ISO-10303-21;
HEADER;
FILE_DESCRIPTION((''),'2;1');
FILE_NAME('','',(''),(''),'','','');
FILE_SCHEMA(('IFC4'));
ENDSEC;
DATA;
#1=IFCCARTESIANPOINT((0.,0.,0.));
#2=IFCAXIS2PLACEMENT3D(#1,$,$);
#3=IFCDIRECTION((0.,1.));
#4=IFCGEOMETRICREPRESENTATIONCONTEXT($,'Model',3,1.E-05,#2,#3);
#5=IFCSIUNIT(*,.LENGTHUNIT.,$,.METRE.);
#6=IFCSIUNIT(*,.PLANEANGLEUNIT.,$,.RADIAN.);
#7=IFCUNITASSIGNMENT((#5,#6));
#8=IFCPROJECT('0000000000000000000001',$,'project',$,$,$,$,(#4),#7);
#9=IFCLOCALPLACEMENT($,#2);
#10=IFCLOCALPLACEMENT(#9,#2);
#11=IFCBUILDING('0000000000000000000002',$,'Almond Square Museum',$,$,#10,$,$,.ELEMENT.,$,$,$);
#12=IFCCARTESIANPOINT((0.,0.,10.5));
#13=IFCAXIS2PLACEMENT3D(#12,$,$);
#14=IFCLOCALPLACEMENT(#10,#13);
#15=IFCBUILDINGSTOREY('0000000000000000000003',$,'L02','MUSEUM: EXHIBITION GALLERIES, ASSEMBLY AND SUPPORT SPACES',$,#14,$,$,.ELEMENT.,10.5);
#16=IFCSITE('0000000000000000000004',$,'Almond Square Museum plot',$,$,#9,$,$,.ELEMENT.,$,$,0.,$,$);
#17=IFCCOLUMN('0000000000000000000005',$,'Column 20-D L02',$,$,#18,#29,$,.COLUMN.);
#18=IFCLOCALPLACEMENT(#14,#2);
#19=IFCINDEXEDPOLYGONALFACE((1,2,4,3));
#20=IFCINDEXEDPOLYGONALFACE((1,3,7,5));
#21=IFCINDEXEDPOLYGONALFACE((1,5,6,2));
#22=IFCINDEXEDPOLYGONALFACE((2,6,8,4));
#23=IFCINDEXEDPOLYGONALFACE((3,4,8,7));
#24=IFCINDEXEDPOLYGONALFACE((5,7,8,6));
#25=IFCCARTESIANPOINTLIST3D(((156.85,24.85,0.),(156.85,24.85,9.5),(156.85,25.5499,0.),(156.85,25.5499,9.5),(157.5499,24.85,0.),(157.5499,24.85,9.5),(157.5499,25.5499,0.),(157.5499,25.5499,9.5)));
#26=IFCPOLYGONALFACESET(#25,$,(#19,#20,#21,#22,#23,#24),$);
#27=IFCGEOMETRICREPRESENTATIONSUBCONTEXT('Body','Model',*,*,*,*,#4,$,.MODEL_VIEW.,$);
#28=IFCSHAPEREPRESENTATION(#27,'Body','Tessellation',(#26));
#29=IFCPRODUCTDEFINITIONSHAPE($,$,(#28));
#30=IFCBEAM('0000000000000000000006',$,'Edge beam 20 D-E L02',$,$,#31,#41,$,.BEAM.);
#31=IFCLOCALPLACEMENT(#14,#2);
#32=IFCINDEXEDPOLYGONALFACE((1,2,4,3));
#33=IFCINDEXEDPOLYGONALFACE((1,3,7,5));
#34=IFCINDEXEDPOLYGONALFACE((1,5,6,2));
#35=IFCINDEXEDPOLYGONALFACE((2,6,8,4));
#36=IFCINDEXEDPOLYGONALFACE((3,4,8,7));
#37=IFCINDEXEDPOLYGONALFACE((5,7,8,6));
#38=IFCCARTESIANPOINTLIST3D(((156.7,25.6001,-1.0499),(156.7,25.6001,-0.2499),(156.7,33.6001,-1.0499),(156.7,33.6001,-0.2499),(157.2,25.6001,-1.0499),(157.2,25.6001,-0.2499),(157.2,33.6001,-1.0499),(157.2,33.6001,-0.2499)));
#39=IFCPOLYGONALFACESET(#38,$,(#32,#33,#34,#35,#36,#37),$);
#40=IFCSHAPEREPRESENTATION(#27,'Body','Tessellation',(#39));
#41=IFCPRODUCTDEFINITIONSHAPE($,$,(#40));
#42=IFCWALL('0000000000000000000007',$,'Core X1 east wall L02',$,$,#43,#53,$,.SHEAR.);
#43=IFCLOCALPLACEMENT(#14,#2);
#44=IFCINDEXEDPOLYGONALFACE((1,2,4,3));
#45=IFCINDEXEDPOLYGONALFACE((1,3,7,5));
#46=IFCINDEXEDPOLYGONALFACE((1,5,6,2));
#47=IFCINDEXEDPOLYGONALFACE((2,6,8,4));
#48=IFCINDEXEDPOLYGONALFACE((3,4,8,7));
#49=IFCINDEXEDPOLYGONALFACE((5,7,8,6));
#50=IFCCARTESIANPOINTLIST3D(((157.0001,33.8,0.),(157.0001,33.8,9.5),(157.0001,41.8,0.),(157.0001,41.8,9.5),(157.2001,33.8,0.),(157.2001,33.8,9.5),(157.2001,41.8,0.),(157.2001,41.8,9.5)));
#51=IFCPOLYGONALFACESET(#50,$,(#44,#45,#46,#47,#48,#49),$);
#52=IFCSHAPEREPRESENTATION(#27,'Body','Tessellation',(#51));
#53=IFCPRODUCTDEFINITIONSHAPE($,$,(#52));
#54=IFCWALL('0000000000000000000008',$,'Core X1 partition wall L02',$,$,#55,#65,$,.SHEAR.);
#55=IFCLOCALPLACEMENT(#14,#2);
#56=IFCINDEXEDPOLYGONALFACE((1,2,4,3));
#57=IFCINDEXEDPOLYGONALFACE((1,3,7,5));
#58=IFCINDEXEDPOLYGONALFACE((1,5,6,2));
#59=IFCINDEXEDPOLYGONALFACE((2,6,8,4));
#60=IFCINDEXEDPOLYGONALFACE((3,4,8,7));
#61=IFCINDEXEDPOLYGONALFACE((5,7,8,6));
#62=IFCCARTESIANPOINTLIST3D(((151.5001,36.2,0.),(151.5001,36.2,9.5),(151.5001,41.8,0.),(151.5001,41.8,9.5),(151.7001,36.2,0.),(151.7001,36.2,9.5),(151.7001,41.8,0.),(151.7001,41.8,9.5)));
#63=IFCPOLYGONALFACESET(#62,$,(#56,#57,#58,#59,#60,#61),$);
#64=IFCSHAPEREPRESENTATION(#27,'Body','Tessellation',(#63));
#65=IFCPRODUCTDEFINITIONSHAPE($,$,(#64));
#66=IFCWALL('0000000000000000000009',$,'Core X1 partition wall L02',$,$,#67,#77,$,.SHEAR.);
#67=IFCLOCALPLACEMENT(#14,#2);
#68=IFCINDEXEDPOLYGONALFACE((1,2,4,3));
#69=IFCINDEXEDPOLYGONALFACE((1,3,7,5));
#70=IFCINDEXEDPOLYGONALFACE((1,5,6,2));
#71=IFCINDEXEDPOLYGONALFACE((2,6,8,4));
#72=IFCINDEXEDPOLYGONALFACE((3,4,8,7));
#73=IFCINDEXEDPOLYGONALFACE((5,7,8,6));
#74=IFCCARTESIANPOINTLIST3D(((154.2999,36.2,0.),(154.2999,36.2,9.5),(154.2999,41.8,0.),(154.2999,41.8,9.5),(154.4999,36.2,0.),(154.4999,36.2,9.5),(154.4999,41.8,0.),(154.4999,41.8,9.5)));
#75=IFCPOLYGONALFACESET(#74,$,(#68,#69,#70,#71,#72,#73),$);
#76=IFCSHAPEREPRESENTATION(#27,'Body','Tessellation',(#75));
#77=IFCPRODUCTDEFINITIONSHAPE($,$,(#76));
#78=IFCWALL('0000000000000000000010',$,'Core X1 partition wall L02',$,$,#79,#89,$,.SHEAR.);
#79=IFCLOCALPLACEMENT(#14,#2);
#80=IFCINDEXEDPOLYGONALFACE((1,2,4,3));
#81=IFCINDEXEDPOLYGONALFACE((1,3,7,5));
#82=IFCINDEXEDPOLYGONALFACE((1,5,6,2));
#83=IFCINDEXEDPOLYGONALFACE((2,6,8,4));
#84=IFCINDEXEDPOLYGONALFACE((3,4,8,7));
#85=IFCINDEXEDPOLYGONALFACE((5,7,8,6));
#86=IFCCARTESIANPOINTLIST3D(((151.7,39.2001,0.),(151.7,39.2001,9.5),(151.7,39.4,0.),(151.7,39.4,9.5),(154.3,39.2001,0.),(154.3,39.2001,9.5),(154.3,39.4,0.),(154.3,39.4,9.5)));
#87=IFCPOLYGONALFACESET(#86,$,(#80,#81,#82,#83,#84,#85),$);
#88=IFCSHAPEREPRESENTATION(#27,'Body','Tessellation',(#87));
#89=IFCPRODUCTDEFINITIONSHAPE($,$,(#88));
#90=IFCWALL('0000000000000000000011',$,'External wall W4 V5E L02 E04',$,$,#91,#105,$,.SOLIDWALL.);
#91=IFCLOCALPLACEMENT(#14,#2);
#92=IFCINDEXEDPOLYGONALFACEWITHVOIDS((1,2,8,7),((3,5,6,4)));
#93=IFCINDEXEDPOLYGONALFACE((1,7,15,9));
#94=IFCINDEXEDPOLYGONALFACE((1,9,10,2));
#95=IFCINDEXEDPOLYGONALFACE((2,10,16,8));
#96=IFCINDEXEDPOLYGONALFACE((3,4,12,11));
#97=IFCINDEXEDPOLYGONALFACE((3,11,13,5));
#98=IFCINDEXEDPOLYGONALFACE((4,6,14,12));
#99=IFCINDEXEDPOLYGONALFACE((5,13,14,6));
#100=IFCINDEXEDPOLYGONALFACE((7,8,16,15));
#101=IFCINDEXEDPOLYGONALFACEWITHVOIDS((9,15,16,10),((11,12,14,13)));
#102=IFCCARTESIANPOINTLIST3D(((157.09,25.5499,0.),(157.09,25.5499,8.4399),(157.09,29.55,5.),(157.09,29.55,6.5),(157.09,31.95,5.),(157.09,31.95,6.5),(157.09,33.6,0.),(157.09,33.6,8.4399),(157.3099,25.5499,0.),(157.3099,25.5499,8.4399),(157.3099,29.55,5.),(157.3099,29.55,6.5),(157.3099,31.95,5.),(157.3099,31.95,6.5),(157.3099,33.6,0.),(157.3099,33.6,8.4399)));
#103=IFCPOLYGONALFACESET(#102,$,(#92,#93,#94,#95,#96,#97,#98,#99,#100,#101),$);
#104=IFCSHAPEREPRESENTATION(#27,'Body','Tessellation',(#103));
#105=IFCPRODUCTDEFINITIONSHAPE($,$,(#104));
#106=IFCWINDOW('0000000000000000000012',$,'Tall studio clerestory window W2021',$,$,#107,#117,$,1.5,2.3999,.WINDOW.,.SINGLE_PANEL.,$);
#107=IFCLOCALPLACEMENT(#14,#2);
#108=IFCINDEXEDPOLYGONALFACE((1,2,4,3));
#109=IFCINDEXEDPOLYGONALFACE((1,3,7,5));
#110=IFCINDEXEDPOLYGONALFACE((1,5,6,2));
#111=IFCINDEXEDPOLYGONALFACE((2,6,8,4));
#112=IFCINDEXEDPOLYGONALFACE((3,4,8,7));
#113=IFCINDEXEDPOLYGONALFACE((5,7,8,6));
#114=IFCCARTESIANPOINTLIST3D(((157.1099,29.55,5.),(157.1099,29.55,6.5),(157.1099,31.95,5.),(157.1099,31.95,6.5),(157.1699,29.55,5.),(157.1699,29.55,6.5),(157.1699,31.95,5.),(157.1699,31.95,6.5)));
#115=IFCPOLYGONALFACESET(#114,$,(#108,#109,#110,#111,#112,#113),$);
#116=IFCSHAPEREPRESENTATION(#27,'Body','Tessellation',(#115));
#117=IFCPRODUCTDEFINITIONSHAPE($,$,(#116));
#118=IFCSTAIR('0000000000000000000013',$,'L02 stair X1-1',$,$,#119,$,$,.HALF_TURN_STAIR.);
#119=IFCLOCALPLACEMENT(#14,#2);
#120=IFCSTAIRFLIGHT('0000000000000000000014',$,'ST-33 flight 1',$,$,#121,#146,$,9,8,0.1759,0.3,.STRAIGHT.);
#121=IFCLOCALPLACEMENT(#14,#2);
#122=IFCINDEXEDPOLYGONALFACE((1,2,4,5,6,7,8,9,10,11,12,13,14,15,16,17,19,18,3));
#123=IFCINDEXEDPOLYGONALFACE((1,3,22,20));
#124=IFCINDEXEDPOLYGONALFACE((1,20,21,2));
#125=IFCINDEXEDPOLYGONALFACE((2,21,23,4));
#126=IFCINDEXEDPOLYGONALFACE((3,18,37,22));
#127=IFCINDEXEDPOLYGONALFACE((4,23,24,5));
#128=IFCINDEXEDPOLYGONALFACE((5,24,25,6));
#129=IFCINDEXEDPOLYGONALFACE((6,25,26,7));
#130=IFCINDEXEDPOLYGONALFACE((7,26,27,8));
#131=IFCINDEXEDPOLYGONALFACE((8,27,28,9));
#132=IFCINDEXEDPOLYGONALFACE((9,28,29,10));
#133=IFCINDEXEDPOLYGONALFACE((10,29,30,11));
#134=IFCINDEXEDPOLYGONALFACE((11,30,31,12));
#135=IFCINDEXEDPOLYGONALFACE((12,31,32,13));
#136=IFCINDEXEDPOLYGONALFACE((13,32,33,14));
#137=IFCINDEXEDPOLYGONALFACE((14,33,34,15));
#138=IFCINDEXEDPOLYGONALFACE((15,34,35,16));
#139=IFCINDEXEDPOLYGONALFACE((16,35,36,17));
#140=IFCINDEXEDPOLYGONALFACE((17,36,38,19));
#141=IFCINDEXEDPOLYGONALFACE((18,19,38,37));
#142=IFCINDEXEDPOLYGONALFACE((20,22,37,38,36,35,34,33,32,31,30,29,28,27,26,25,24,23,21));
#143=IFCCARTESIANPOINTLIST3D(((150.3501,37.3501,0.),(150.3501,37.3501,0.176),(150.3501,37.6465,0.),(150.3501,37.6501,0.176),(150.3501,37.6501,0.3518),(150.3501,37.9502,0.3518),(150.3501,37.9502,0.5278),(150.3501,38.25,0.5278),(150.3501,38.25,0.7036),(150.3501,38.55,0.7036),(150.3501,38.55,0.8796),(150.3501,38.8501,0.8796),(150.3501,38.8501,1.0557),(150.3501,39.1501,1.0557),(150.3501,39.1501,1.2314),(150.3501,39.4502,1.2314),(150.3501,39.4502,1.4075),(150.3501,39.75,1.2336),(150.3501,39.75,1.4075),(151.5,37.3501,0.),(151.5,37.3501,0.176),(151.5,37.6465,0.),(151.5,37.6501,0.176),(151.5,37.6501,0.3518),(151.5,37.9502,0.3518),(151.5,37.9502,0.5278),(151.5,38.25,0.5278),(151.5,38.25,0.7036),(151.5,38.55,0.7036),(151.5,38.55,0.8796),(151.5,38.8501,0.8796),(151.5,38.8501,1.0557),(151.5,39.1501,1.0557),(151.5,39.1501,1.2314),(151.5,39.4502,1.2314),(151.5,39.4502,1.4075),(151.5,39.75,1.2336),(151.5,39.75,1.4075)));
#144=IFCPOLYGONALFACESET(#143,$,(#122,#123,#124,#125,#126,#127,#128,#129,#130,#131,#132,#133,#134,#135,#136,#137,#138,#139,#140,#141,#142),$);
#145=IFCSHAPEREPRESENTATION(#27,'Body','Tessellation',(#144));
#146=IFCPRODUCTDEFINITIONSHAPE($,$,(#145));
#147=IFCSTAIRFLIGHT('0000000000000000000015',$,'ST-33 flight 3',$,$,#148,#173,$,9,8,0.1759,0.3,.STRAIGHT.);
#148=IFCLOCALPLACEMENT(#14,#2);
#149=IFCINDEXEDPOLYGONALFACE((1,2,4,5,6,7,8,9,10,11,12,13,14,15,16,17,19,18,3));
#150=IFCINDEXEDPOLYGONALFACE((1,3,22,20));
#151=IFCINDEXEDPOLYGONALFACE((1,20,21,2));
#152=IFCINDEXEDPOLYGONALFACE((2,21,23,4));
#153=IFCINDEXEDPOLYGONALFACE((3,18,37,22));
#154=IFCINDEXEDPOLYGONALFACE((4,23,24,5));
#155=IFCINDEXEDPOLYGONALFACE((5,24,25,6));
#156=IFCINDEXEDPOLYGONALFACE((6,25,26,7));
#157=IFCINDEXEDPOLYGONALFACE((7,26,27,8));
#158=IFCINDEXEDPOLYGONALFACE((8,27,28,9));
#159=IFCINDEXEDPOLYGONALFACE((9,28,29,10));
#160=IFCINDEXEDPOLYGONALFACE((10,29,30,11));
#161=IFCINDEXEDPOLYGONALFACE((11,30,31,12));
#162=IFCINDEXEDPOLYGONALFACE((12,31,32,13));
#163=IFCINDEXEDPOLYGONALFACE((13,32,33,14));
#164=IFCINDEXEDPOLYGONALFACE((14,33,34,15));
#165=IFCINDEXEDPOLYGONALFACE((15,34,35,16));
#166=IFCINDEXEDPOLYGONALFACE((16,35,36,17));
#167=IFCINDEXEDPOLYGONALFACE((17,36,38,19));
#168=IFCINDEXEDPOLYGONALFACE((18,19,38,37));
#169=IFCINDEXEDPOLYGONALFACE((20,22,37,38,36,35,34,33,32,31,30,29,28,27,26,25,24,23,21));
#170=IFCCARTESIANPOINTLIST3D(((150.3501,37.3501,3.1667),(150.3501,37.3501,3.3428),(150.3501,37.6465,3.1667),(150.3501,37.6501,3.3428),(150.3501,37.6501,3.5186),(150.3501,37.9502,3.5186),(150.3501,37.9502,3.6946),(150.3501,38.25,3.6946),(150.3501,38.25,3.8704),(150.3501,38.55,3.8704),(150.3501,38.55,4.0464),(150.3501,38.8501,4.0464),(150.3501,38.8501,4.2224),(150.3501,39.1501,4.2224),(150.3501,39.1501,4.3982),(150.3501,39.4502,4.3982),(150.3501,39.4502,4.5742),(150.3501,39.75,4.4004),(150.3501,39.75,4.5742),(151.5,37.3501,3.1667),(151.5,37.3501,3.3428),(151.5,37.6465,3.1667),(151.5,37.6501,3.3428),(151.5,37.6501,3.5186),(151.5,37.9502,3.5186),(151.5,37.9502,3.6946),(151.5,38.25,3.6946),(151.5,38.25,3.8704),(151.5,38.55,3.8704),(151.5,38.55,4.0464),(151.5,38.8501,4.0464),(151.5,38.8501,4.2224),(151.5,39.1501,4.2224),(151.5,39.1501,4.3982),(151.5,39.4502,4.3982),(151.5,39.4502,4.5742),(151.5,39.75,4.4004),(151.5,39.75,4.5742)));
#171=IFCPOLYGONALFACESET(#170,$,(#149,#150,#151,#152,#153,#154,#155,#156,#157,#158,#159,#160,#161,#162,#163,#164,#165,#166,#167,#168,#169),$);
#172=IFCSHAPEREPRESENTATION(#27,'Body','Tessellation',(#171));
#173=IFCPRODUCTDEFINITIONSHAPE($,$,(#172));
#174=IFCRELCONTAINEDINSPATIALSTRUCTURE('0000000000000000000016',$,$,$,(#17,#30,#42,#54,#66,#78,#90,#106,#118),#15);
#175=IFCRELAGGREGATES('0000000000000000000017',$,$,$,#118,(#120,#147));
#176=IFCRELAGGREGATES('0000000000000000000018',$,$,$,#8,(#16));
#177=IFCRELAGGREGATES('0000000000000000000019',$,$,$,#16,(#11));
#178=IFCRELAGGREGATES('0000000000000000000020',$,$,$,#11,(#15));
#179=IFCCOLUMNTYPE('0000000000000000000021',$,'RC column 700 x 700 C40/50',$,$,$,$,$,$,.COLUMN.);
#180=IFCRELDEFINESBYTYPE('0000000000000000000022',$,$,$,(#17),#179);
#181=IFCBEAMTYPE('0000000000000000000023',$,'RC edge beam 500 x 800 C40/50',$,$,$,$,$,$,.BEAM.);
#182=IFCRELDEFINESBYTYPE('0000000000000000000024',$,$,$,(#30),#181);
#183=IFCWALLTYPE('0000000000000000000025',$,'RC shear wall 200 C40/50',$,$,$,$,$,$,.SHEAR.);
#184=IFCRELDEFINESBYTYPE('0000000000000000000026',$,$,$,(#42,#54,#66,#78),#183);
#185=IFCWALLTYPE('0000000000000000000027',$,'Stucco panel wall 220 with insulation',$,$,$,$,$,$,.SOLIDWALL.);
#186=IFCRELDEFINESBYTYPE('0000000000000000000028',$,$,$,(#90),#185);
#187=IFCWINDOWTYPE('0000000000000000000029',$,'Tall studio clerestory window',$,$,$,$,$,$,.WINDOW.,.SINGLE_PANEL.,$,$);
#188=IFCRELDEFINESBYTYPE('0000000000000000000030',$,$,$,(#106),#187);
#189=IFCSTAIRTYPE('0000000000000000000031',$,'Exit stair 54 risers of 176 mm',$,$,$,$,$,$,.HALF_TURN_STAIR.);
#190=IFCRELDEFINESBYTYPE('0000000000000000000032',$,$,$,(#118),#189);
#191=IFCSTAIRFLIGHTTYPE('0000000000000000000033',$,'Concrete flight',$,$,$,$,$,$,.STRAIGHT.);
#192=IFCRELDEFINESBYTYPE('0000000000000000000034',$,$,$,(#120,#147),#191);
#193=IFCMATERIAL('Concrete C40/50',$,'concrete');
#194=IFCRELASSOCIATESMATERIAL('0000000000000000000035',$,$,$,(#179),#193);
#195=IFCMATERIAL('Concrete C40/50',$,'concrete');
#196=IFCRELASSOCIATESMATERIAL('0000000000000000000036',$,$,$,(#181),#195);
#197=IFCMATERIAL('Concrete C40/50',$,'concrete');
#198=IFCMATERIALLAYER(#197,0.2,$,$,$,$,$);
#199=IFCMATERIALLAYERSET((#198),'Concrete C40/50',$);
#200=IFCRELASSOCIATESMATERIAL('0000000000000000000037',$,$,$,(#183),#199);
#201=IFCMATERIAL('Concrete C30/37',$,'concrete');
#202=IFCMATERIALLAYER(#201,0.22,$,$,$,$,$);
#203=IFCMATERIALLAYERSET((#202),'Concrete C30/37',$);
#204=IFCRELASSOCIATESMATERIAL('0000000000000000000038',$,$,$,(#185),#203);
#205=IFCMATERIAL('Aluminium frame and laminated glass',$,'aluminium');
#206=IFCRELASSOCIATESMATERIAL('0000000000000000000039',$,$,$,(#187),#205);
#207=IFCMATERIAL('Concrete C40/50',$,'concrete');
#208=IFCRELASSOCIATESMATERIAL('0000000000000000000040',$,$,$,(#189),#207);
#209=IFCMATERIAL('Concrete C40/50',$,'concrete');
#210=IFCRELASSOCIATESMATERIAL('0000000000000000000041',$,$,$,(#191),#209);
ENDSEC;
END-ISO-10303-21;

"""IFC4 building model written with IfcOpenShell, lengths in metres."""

from ifc_helpers import new_model, si_unit, direction, frame, frame_2d, origin, origin_2d, place, context, subcontext, project, spatial, polyline, rectangle, outline, extrude, material, layer, layer_set, material_profile, profile_set, type_object, element, fill, aggregate, save


model = new_model("IFC4")

# Units and contexts
model_context = context("Model", 3, precision=1e-05, world=origin(), true_north=direction((0.0, 1.0)))
body_context = subcontext(model_context, "Body", "Model", "MODEL_VIEW")
ifc_project = project(units=[si_unit("LENGTHUNIT", "METRE"), si_unit("PLANEANGLEUNIT", "RADIAN")], contexts=[model_context])

# Site, building, storey
site_placement = place(None, origin())
site = spatial("IfcSite", under=ifc_project, at=site_placement, Name="Almond Square Museum plot", CompositionType="ELEMENT", RefElevation=0.0)
building_placement = place(site_placement, origin())
building = spatial("IfcBuilding", under=site, at=building_placement, Name="Almond Square Museum", CompositionType="ELEMENT")
storey_placement = place(building_placement, frame((0.0, 0.0, 10.5)))
storey = spatial("IfcBuildingStorey", under=building, at=storey_placement, Name="L02", Description="MUSEUM: EXHIBITION GALLERIES, ASSEMBLY AND SUPPORT SPACES", CompositionType="ELEMENT", Elevation=10.5)

# Column
ifc_material_1 = material(Name="Concrete C40/50", Category="concrete")
ifc_material_profile_1 = material_profile(ifc_material_1, rectangle(XDim=0.7, YDim=0.7, at=origin_2d()))
ifc_profile_set_1 = profile_set([ifc_material_profile_1], Name="Concrete C40/50")
column_type = type_object("IfcColumnType", Name="RC column 700 x 700 C40/50", PredefinedType="COLUMN", material=ifc_profile_set_1)
column_placement = place(storey_placement, frame((157.2, 25.2, 0.0), z_axis=(0.0, 0.0, 1.0), x_axis=(1.0, 0.0, 0.0)))
element("IfcColumn", 1, at=column_placement, inside=storey, type_object=column_type, Name="Column 20-D L02", PredefinedType="COLUMN", context=body_context, shape_type="SweptSolid", body=[
    extrude(rectangle(XDim=0.7, YDim=0.7, at=origin_2d()), origin(), (0.0, 0.0, 1.0), 9.5),
])

# Beam
ifc_material_2 = material(Name="Concrete C40/50", Category="concrete")
ifc_material_profile_2 = material_profile(ifc_material_2, rectangle(XDim=0.5, YDim=0.8, at=origin_2d()))
ifc_profile_set_2 = profile_set([ifc_material_profile_2], Name="Concrete C40/50")
beam_type = type_object("IfcBeamType", Name="RC edge beam 500 x 800 C40/50", PredefinedType="BEAM", material=ifc_profile_set_2)
beam_placement = place(storey_placement, frame((156.95, 25.6001, -0.6499), z_axis=(0.0, 1.0, 0.0), x_axis=(-1.0, 0.0, 0.0)))
element("IfcBeam", 2, at=beam_placement, inside=storey, type_object=beam_type, Name="Edge beam 20 D-E L02", PredefinedType="BEAM", context=body_context, shape_type="SweptSolid", body=[
    extrude(rectangle(XDim=0.5, YDim=0.8, at=origin_2d()), origin(), (0.0, 0.0, 1.0), 8.0),
])

# Walls
ifc_material_3 = material(Name="Concrete C40/50", Category="concrete")
ifc_layer_1 = layer(ifc_material_3, 0.2)
ifc_layer_set_1 = layer_set([ifc_layer_1], Name="Concrete C40/50")
wall_type_1 = type_object("IfcWallType", Name="RC shear wall 200 C40/50", PredefinedType="SHEAR", material=ifc_layer_set_1)
wall_1_placement = place(storey_placement, frame((157.1001, 33.8, 0.0), z_axis=(0.0, 0.0, 1.0), x_axis=(0.0, 1.0, 0.0)))
element("IfcWall", 3, at=wall_1_placement, inside=storey, type_object=wall_type_1, Name="Core X1 east wall L02", PredefinedType="SHEAR", context=body_context, shape_type="SweptSolid", body=[
    extrude(rectangle(XDim=8.0, YDim=0.2, at=frame_2d((4.0, 0.0))), origin(), (0.0, 0.0, 1.0), 9.5),
])
for number, where, z_axis, x_axis, name in (
    (4, (151.6001, 36.2, 0.0), (0.0, 0.0, 1.0), (0.0, 1.0, 0.0), "Core X1 partition wall L02"),
    (5, (154.3999, 36.2, 0.0), (0.0, 0.0, 1.0), (0.0, 1.0, 0.0), "Core X1 partition wall L02"),
):
    element("IfcWall", number, at=place(storey_placement, frame(where, z_axis=z_axis, x_axis=x_axis)), inside=storey, type_object=wall_type_1, Name=name, PredefinedType="SHEAR", context=body_context, shape_type="SweptSolid", body=[
        extrude(rectangle(XDim=5.6001, YDim=0.2, at=frame_2d((2.8, 0.0))), origin(), (0.0, 0.0, 1.0), 9.5),
    ])
wall_2_placement = place(storey_placement, frame((151.7, 39.3, 0.0), z_axis=(0.0, 0.0, 1.0), x_axis=(1.0, 0.0, 0.0)))
element("IfcWall", 6, at=wall_2_placement, inside=storey, type_object=wall_type_1, Name="Core X1 partition wall L02", PredefinedType="SHEAR", context=body_context, shape_type="SweptSolid", body=[
    extrude(rectangle(XDim=2.6001, YDim=0.2, at=frame_2d((1.3, 0.0))), origin(), (0.0, 0.0, 1.0), 9.5),
])

# Wall, opening, window
ifc_material_4 = material(Name="Concrete C30/37", Category="concrete")
ifc_layer_2 = layer(ifc_material_4, 0.22)
ifc_layer_set_2 = layer_set([ifc_layer_2], Name="Concrete C30/37")
wall_type_2 = type_object("IfcWallType", Name="Stucco panel wall 220 with insulation", PredefinedType="SOLIDWALL", material=ifc_layer_set_2)
wall_3_placement = place(storey_placement, frame((157.2, 25.55, 0.0), z_axis=(0.0, 0.0, 1.0), x_axis=(0.0, 1.0, 0.0)))
wall_3 = element("IfcWall", 7, at=wall_3_placement, inside=storey, type_object=wall_type_2, Name="External wall W4 V5E L02 E04", PredefinedType="SOLIDWALL", context=body_context, shape_type="SweptSolid", body=[
    extrude(rectangle(XDim=8.05, YDim=0.22, at=frame_2d((4.0249, 0.0))), origin(), (0.0, 0.0, 1.0), 8.4399),
])
opening_placement = place(wall_3_placement, frame((4.0, 0.0, 5.0)))
opening = element("IfcOpeningElement", 8, at=opening_placement, cuts=wall_3, PredefinedType="OPENING", context=body_context, shape_type="SweptSolid", body=[
    extrude(rectangle(XDim=2.3999, YDim=1.5, at=frame_2d((1.2, 0.75))), frame((0.0, 0.1199, 0.0), z_axis=(0.0, -1.0, 0.0), x_axis=(1.0, 0.0, 0.0)), (0.0, 0.0, 1.0), 0.24),
])
ifc_material_5 = material(Name="Aluminium frame and laminated glass", Category="aluminium")
window_type = type_object("IfcWindowType", Name="Tall studio clerestory window", PartitioningType="SINGLE_PANEL", PredefinedType="WINDOW", material=ifc_material_5)
window_placement = place(opening_placement, origin())
window = element("IfcWindow", 9, at=window_placement, inside=storey, type_object=window_type, Name="Tall studio clerestory window W2021", OverallHeight=1.5, OverallWidth=2.3999, PartitioningType="SINGLE_PANEL", PredefinedType="WINDOW", context=body_context, shape_type="SweptSolid", body=[
    extrude(rectangle(XDim=2.3999, YDim=1.5, at=frame_2d((1.2, 0.75))), frame((0.0, 0.0901, 0.0), z_axis=(0.0, -1.0, 0.0), x_axis=(1.0, 0.0, 0.0)), (0.0, 0.0, 1.0), 0.0601),
])
fill(opening, window)

# Stair, stair flights
ifc_material_6 = material(Name="Concrete C40/50", Category="concrete")
stair_type = type_object("IfcStairType", Name="Exit stair 54 risers of 176 mm", PredefinedType="HALF_TURN_STAIR", material=ifc_material_6)
stair_1_placement = place(storey_placement, origin())
stair_1 = element("IfcStair", 10, at=stair_1_placement, inside=storey, type_object=stair_type, Name="L02 stair X1-1", PredefinedType="HALF_TURN_STAIR")
ifc_material_7 = material(Name="Concrete C40/50", Category="concrete")
stair_flight_type = type_object("IfcStairFlightType", Name="Concrete flight", PredefinedType="STRAIGHT", material=ifc_material_7)
stair_flight_1_placement = place(storey_placement, frame((150.925, 37.3501, 0.0), z_axis=(0.0, 0.0, 1.0), x_axis=(0.0, 1.0, 0.0)))
stair_flight_1 = element("IfcStairFlight", 11, at=stair_flight_1_placement, type_object=stair_flight_type, Name="ST-33 flight 1", NumberOfRisers=9, NumberOfTreads=8, PredefinedType="STRAIGHT", RiserHeight=0.1759, TreadLength=0.3, context=body_context, shape_type="SweptSolid", body=[
    extrude(outline(polyline([(0.0, 0.0), (0.0, 0.176), (0.3, 0.176), (0.3, 0.3518), (0.6001, 0.3518), (0.6001, 0.5278), (0.8999, 0.5278), (0.8999, 0.7036), (1.2, 0.7036), (1.2, 0.8796), (1.5, 0.8796), (1.5, 1.0557), (1.8, 1.0557), (1.8, 1.2314), (2.1001, 1.2314), (2.1001, 1.4075), (2.3999, 1.4075), (2.3999, 1.5833), (2.3999, 1.2336), (0.2964, 0.0), (0.0, 0.0)])), frame((0.0, 0.575, 0.0), z_axis=(0.0, -1.0, 0.0), x_axis=(1.0, 0.0, 0.0)), (0.0, 0.0, 1.0), 1.1499),
])
stair_flight_2_placement = place(storey_placement, frame((150.925, 37.3501, 3.1667), z_axis=(0.0, 0.0, 1.0), x_axis=(0.0, 1.0, 0.0)))
stair_flight_2 = element("IfcStairFlight", 12, at=stair_flight_2_placement, type_object=stair_flight_type, Name="ST-33 flight 3", NumberOfRisers=9, NumberOfTreads=8, PredefinedType="STRAIGHT", RiserHeight=0.1759, TreadLength=0.3, context=body_context, shape_type="SweptSolid", body=[
    extrude(outline(polyline([(0.0, 0.0), (0.0, 0.176), (0.3, 0.176), (0.3, 0.3518), (0.6001, 0.3518), (0.6001, 0.5278), (0.8999, 0.5278), (0.8999, 0.7036), (1.2, 0.7036), (1.2, 0.8796), (1.5, 0.8796), (1.5, 1.0557), (1.8, 1.0557), (1.8, 1.2314), (2.1001, 1.2314), (2.1001, 1.4075), (2.3999, 1.4075), (2.3999, 1.5833), (2.3999, 1.2336), (0.2964, 0.0), (0.0, 0.0)])), frame((0.0, 0.575, 0.0), z_axis=(0.0, -1.0, 0.0), x_axis=(1.0, 0.0, 0.0)), (0.0, 0.0, 1.0), 1.1499),
])
aggregate(stair_1, [stair_flight_1, stair_flight_2])

save(model, "model.ifc")
